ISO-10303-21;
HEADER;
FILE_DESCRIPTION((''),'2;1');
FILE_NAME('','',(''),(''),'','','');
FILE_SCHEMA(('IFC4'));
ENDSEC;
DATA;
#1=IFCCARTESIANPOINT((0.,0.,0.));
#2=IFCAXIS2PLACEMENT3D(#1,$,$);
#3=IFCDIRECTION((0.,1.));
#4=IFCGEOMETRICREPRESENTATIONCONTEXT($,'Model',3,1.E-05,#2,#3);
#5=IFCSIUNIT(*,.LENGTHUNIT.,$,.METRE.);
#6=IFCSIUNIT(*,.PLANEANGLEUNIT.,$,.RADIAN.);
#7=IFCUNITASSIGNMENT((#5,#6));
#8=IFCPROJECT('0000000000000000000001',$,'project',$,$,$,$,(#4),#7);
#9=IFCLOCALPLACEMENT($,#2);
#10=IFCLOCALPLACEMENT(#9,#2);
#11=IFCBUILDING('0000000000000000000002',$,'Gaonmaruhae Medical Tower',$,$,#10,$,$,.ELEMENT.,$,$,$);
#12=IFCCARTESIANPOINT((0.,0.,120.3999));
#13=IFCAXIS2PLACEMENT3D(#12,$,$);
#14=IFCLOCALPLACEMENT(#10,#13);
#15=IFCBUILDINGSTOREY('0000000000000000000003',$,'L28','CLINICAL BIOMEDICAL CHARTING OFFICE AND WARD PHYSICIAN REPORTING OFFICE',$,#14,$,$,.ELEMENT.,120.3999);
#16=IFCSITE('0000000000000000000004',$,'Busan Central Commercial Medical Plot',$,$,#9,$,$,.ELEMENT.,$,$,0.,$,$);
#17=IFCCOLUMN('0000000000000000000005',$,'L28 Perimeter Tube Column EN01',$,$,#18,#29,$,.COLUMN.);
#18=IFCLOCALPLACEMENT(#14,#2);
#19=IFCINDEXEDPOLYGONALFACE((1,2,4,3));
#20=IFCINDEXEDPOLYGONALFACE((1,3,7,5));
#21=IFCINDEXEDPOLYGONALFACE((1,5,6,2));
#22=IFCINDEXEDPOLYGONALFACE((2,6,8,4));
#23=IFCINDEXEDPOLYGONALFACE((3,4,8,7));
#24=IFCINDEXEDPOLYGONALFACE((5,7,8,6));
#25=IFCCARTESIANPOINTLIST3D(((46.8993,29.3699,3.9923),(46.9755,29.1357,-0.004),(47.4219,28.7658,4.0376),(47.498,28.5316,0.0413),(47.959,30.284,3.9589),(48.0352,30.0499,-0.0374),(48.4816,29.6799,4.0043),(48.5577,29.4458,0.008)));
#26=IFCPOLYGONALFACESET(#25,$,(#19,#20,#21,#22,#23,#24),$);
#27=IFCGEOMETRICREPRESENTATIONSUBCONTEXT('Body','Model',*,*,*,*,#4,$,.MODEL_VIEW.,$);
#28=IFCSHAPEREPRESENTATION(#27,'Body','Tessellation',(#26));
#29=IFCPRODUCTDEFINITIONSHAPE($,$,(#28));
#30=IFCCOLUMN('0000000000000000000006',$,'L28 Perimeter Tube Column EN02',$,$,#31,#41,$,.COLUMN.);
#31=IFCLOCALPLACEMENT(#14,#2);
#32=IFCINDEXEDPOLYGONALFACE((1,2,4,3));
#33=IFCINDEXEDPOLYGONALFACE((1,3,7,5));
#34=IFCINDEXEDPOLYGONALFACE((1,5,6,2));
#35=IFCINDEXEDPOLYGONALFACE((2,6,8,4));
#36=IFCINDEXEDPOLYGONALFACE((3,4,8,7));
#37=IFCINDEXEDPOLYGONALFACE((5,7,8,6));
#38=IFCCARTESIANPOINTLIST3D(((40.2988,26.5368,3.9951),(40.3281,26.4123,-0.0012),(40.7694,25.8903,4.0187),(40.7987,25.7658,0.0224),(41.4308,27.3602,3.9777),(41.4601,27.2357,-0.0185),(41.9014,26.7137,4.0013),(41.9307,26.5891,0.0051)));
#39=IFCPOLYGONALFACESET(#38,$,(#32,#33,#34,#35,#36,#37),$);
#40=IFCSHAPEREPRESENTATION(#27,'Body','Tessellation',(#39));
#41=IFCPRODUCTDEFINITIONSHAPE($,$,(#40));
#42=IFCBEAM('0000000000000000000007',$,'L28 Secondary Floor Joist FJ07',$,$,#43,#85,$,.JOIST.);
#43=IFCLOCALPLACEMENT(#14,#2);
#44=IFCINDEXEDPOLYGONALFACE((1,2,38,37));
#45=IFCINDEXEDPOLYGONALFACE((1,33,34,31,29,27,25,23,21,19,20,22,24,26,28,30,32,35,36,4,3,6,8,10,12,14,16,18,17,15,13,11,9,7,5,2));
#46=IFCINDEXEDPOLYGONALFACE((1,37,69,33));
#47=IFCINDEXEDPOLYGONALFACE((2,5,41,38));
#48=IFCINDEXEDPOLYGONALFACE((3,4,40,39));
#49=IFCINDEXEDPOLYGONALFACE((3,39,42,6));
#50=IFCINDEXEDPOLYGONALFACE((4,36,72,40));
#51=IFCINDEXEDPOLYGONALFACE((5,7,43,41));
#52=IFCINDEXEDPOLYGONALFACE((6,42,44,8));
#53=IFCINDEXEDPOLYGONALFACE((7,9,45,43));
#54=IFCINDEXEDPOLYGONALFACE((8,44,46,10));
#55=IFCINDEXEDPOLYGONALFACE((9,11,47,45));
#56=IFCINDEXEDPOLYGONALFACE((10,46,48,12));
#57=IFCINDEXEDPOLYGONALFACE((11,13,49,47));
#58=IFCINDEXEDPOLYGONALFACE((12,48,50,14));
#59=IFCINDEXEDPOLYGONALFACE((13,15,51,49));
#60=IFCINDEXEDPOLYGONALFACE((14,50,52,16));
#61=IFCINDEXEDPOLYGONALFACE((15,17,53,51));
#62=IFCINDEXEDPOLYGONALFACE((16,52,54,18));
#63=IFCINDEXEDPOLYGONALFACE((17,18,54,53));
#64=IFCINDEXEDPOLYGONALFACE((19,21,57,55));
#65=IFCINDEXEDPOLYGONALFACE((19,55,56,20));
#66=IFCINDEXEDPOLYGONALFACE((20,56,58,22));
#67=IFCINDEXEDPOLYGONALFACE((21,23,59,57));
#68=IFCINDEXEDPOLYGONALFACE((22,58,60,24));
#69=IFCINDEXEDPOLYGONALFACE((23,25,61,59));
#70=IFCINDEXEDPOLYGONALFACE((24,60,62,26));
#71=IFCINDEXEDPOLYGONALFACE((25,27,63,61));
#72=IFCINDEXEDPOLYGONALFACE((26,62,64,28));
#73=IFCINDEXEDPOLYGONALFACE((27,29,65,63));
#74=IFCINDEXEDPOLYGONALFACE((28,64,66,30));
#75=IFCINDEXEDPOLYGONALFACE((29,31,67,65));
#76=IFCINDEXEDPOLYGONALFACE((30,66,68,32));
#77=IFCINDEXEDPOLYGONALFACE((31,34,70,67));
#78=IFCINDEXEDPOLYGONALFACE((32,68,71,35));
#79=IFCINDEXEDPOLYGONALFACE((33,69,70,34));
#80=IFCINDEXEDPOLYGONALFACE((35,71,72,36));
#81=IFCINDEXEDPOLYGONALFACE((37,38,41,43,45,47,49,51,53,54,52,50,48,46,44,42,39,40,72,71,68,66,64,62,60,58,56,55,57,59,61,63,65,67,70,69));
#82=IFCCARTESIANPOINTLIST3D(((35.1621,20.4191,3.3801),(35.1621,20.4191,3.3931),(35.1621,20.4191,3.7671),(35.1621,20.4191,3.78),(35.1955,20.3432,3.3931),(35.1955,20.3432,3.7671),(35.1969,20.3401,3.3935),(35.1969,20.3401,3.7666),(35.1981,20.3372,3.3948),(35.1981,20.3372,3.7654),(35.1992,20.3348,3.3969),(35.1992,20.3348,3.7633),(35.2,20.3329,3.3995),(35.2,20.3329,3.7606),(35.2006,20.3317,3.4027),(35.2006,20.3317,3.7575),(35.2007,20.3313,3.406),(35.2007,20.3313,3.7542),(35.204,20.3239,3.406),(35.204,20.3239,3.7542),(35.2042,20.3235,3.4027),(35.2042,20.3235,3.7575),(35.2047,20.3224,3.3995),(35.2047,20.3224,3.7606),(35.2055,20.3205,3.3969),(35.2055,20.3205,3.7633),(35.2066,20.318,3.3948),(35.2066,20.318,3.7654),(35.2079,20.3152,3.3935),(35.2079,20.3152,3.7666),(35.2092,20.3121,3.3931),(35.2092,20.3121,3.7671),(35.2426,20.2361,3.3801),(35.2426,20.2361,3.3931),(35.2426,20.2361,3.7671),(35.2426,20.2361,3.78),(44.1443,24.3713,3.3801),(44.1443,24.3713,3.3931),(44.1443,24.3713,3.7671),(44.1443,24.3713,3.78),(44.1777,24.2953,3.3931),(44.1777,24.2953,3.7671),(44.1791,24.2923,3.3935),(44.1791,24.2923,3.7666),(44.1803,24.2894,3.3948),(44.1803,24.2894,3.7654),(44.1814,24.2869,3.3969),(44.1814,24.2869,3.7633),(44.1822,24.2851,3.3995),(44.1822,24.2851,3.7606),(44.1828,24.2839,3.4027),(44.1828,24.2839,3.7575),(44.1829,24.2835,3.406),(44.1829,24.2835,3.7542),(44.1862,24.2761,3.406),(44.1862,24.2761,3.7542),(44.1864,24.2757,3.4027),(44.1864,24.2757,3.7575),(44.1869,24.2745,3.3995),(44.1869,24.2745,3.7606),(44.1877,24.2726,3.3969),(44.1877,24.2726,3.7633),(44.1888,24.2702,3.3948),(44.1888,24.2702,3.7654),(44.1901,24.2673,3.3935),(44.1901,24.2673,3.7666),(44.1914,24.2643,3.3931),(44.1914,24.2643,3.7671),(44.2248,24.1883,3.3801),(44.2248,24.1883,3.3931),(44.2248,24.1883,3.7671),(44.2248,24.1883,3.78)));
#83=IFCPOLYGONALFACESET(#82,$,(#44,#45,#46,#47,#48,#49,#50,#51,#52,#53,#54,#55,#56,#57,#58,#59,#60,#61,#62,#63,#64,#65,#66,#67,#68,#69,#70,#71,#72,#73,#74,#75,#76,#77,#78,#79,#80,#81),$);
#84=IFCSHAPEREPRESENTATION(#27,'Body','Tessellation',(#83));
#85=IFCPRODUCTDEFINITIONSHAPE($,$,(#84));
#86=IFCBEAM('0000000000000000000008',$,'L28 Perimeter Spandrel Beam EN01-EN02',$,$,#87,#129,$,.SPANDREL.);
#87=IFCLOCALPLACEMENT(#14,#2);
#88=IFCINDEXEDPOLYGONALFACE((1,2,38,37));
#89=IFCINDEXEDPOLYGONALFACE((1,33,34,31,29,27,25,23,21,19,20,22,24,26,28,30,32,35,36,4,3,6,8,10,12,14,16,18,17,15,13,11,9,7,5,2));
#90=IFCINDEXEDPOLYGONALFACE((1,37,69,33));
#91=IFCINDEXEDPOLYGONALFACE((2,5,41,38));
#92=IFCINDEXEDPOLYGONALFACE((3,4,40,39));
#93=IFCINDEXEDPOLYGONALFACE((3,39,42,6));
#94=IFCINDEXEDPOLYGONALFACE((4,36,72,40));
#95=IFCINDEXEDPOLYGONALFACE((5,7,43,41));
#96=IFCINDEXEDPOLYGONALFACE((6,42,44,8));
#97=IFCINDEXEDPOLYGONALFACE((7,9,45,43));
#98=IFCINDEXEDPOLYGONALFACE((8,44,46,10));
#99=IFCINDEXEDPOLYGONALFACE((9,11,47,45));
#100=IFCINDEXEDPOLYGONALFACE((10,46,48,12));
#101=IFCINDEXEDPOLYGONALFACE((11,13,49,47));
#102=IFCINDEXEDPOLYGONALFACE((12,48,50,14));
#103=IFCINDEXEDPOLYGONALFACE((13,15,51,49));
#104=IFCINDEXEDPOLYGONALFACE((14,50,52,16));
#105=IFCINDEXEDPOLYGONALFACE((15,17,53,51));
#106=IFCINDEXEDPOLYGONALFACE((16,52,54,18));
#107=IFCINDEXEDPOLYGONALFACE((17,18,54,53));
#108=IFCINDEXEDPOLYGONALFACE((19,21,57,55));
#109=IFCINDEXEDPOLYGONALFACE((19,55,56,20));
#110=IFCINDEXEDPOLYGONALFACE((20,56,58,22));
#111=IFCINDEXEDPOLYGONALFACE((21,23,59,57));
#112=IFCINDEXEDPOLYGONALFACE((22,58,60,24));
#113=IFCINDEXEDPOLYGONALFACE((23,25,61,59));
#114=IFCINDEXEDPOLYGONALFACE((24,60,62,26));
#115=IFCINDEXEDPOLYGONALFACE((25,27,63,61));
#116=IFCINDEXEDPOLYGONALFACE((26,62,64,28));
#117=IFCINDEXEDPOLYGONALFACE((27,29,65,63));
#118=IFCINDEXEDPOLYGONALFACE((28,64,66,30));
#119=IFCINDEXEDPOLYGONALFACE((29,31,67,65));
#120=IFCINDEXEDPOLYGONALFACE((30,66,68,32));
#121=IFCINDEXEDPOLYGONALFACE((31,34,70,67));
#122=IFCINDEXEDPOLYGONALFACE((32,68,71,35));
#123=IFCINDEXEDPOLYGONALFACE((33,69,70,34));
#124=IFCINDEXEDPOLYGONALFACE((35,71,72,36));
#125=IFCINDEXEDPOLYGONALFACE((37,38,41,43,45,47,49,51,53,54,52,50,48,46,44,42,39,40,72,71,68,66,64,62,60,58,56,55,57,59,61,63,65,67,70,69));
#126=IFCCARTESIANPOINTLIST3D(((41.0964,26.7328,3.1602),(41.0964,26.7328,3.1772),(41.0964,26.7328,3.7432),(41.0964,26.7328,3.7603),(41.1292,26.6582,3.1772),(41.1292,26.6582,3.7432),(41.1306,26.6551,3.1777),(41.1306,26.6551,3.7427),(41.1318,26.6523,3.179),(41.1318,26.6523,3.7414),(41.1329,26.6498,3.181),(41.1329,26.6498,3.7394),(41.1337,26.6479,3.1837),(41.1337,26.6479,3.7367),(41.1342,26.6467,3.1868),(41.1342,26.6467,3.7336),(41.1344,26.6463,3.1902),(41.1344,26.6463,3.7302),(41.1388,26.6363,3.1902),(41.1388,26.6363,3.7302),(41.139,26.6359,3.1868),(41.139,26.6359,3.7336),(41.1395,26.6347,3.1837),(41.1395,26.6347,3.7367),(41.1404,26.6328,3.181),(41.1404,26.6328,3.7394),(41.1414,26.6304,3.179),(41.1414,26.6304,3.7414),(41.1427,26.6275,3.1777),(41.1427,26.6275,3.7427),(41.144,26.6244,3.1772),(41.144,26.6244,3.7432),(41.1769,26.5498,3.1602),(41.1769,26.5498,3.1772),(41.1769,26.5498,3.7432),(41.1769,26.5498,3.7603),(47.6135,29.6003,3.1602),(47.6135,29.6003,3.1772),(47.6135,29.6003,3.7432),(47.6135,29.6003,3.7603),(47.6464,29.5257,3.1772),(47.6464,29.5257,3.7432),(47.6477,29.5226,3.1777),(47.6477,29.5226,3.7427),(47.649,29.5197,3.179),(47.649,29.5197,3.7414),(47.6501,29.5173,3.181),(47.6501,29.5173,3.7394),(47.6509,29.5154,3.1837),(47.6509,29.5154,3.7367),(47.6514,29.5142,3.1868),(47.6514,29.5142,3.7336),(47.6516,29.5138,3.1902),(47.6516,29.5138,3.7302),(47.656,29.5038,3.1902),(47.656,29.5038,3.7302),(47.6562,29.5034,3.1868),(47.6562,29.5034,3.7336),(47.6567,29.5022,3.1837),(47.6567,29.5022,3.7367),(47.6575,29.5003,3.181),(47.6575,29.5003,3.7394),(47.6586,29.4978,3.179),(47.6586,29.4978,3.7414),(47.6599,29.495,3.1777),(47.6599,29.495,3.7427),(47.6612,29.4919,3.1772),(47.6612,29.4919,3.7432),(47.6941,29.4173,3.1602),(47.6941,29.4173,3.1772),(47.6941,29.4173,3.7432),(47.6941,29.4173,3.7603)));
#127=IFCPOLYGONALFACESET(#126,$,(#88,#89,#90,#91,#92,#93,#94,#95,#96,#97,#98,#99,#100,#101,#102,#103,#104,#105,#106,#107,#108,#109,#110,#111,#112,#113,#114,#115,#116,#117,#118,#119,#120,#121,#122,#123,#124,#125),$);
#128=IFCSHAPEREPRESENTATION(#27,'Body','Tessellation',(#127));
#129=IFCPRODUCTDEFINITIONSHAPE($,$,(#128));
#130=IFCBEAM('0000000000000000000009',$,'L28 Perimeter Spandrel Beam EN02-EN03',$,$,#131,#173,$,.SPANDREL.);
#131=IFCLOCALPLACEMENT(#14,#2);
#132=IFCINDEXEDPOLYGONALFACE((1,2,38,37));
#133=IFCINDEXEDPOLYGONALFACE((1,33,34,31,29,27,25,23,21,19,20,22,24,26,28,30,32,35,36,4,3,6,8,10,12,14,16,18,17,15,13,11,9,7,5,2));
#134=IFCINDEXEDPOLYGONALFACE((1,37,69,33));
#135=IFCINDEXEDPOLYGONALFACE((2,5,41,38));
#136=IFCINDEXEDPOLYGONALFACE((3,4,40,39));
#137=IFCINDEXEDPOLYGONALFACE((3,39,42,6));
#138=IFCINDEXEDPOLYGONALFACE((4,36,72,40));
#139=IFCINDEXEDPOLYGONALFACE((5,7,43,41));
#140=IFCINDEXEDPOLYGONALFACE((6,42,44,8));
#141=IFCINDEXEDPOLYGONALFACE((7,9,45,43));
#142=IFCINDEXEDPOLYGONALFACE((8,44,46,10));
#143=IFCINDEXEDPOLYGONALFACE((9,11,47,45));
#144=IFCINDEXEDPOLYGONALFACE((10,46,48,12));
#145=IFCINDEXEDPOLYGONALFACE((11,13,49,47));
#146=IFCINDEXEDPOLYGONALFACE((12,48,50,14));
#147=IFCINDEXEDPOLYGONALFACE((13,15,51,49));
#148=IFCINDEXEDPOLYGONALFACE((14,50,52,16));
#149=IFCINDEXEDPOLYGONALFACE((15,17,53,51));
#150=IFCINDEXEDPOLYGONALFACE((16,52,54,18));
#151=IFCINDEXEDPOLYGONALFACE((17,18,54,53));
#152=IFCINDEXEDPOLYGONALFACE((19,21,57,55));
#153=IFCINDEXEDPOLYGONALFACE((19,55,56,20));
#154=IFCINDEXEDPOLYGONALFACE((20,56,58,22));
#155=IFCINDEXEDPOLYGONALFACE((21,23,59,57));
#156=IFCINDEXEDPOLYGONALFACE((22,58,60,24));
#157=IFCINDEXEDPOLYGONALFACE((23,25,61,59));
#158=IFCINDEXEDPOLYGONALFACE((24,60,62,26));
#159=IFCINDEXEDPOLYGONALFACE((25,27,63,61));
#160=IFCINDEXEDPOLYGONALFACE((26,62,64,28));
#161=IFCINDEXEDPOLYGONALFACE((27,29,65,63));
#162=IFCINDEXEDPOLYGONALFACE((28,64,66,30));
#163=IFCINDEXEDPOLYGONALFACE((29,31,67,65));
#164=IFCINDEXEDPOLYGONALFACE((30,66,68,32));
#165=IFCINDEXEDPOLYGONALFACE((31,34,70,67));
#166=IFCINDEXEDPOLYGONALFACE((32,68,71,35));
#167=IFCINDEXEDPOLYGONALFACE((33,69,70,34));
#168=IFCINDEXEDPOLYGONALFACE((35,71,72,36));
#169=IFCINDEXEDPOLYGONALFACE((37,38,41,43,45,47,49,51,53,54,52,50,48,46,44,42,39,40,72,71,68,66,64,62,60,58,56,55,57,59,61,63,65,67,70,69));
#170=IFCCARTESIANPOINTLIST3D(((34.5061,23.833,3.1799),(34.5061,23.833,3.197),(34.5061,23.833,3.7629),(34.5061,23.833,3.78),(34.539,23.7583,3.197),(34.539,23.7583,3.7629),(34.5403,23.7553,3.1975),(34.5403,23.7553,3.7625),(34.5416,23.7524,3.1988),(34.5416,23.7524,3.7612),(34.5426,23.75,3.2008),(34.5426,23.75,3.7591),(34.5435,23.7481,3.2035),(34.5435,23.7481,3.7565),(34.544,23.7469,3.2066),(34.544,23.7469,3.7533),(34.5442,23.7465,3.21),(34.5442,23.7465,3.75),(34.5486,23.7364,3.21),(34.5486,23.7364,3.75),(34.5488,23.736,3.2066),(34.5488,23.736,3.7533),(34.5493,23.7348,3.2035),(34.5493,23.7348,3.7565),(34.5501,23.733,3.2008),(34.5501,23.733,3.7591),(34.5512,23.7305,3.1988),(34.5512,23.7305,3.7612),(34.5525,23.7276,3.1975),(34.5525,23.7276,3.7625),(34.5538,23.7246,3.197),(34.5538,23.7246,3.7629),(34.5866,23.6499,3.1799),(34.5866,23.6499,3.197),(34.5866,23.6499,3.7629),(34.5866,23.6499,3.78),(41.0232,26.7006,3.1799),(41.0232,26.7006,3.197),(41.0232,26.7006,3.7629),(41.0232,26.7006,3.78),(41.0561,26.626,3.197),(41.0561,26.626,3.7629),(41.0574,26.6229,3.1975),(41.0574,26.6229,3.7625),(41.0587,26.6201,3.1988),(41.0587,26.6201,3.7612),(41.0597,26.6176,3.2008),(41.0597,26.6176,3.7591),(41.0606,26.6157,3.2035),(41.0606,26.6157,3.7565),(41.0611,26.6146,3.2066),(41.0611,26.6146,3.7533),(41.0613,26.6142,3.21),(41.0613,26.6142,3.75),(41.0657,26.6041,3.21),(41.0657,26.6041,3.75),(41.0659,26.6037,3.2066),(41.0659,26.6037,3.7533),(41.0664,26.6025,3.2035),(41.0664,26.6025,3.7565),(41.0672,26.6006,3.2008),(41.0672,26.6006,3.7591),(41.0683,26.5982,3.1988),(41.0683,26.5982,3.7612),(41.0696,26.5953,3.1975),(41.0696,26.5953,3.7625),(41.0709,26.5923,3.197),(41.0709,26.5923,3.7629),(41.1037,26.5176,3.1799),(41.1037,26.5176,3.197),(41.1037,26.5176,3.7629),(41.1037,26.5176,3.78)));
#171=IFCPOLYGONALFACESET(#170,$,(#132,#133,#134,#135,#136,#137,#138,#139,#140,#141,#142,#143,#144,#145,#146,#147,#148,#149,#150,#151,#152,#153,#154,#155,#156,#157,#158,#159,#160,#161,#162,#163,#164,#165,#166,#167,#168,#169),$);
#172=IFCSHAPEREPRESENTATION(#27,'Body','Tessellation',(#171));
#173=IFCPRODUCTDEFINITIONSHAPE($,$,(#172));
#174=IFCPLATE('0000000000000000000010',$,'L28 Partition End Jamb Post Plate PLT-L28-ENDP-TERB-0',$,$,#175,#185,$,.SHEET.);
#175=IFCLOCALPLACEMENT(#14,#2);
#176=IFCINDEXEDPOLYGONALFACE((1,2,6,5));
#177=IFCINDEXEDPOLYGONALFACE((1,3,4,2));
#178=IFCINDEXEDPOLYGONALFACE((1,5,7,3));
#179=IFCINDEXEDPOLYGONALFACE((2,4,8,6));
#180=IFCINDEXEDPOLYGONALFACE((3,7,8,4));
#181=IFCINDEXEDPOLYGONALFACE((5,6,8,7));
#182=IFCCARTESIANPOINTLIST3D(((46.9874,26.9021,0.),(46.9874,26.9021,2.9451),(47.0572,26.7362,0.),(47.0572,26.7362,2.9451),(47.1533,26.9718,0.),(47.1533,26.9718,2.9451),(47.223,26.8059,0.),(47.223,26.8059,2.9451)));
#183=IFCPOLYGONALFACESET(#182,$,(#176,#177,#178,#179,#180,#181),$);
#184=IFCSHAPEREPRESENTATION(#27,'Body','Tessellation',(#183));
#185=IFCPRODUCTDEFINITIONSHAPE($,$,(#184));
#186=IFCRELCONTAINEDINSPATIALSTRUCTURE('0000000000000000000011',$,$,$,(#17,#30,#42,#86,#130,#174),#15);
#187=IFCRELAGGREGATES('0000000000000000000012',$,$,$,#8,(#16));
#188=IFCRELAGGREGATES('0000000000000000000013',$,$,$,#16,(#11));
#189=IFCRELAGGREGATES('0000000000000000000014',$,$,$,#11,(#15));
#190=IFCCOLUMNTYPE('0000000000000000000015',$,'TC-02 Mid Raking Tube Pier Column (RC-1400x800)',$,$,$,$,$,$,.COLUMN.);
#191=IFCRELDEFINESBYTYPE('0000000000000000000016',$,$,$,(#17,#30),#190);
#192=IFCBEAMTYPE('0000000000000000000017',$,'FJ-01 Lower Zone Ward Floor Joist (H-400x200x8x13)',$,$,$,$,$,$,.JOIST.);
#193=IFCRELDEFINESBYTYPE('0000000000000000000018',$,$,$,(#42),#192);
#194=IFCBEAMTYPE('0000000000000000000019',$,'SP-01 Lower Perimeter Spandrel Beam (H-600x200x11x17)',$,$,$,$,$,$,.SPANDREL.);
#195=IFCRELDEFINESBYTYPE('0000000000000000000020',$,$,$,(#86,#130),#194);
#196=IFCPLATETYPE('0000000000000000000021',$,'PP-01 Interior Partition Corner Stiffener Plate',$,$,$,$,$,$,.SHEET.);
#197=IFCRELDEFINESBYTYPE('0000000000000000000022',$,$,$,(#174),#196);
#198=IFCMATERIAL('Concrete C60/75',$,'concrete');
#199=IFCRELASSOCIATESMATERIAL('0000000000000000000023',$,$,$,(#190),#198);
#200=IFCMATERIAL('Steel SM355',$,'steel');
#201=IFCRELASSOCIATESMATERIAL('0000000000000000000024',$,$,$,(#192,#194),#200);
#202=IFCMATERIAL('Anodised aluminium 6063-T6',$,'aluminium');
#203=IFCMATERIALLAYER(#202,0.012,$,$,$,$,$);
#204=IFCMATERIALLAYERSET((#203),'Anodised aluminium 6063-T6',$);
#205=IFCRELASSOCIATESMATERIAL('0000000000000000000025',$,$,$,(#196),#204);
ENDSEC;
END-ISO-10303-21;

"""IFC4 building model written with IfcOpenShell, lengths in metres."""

from ifc_helpers import new_model, si_unit, direction, frame, origin, origin_2d, place, context, subcontext, project, spatial, rectangle, i_section, extrude, material, layer, layer_set, material_profile, profile_set, type_object, element, save


model = new_model("IFC4")

# Units and contexts
model_context = context("Model", 3, precision=1e-05, world=origin(), true_north=direction((0.0, 1.0)))
body_context = subcontext(model_context, "Body", "Model", "MODEL_VIEW")
ifc_project = project(units=[si_unit("LENGTHUNIT", "METRE"), si_unit("PLANEANGLEUNIT", "RADIAN")], contexts=[model_context])

# Site, building, storey
site_placement = place(None, origin())
site = spatial("IfcSite", under=ifc_project, at=site_placement, Name="Busan Central Commercial Medical Plot", CompositionType="ELEMENT", RefElevation=0.0)
building_placement = place(site_placement, origin())
building = spatial("IfcBuilding", under=site, at=building_placement, Name="Gaonmaruhae Medical Tower", CompositionType="ELEMENT")
storey_placement = place(building_placement, frame((0.0, 0.0, 120.3999)))
storey = spatial("IfcBuildingStorey", under=building, at=storey_placement, Name="L28", Description="CLINICAL BIOMEDICAL CHARTING OFFICE AND WARD PHYSICIAN REPORTING OFFICE", CompositionType="ELEMENT", Elevation=120.3999)

# Columns
ifc_material_1 = material(Name="Concrete C60/75", Category="concrete")
ifc_material_profile_1 = material_profile(ifc_material_1, rectangle(XDim=1.3999, YDim=0.8, at=origin_2d()), Name="RC-1400x800")
ifc_profile_set_1 = profile_set([ifc_material_profile_1], Name="Concrete C60/75")
column_type = type_object("IfcColumnType", Name="TC-02 Mid Raking Tube Pier Column (RC-1400x800)", PredefinedType="COLUMN", material=ifc_profile_set_1)
column_1_placement = place(storey_placement, frame((47.7666, 29.2908, 0.002), z_axis=(-0.019024, 0.058475, 0.998108), x_axis=(-0.756974, -0.65301, 0.023829)))
element("IfcColumn", 1, at=column_1_placement, inside=storey, type_object=column_type, Name="L28 Perimeter Tube Column EN01", PredefinedType="COLUMN", context=body_context, shape_type="SweptSolid", body=[
    extrude(rectangle(XDim=1.3999, YDim=0.8, at=origin_2d()), origin(), (0.0, 0.0, 1.0), 4.0039),
])
column_2_placement = place(storey_placement, frame((41.1294, 26.5007, 0.002), z_axis=(-0.007327, 0.031141, 0.999488), x_axis=(-0.808647, -0.588164, 0.012397)))
element("IfcColumn", 2, at=column_2_placement, inside=storey, type_object=column_type, Name="L28 Perimeter Tube Column EN02", PredefinedType="COLUMN", context=body_context, shape_type="SweptSolid", body=[
    extrude(rectangle(XDim=1.3999, YDim=0.8, at=origin_2d()), origin(), (0.0, 0.0, 1.0), 3.9983),
])

# Beams
ifc_material_2 = material(Name="Steel SM355", Category="steel")
ifc_material_profile_2 = material_profile(ifc_material_2, i_section(OverallWidth=0.2, OverallDepth=0.3999, WebThickness=0.0081, FlangeThickness=0.0129, FilletRadius=0.0129, at=origin_2d()), Name="H-400x200x8x13")
ifc_profile_set_2 = profile_set([ifc_material_profile_2], Name="Steel SM355")
beam_type_1 = type_object("IfcBeamType", Name="FJ-01 Lower Zone Ward Floor Joist (H-400x200x8x13)", PredefinedType="JOIST", material=ifc_profile_set_2)
beam_placement = place(storey_placement, frame((44.1846, 24.2798, 3.5801), z_axis=(-0.915315, -0.402738, 0.0), x_axis=(0.402738, -0.915315, 0.0)))
element("IfcBeam", 3, at=beam_placement, inside=storey, type_object=beam_type_1, Name="L28 Secondary Floor Joist FJ07", PredefinedType="JOIST", context=body_context, shape_type="SweptSolid", body=[
    extrude(i_section(OverallWidth=0.2, OverallDepth=0.3999, WebThickness=0.0081, FlangeThickness=0.0129, FilletRadius=0.0129, at=origin_2d()), origin(), (0.0, 0.0, 1.0), 9.8132),
])
ifc_material_profile_3 = material_profile(ifc_material_2, i_section(OverallWidth=0.2, OverallDepth=0.6001, WebThickness=0.011, FlangeThickness=0.0171, FilletRadius=0.0129, at=origin_2d()), Name="H-600x200x11x17")
ifc_profile_set_3 = profile_set([ifc_material_profile_3], Name="Steel SM355")
beam_type_2 = type_object("IfcBeamType", Name="SP-01 Lower Perimeter Spandrel Beam (H-600x200x11x17)", PredefinedType="SPANDREL", material=ifc_profile_set_3)
for number, where, z_axis, x_axis, name in (
    (4, (47.6538, 29.5088, 3.4602), (-0.91532, -0.402728, 0.0), (0.402728, -0.91532, 0.0), "L28 Perimeter Spandrel Beam EN01-EN02"),
    (5, (41.0635, 26.6091, 3.48), (-0.915307, -0.402757, 0.0), (0.402757, -0.915307, 0.0), "L28 Perimeter Spandrel Beam EN02-EN03"),
):
    element("IfcBeam", number, at=place(storey_placement, frame(where, z_axis=z_axis, x_axis=x_axis)), inside=storey, type_object=beam_type_2, Name=name, PredefinedType="SPANDREL", context=body_context, shape_type="SweptSolid", body=[
        extrude(i_section(OverallWidth=0.2, OverallDepth=0.6001, WebThickness=0.011, FlangeThickness=0.0171, FilletRadius=0.0129, at=origin_2d()), origin(), (0.0, 0.0, 1.0), 7.1201),
    ])

# Plate
ifc_material_3 = material(Name="Anodised aluminium 6063-T6", Category="aluminium")
ifc_layer_1 = layer(ifc_material_3, 0.012)
ifc_layer_set_1 = layer_set([ifc_layer_1], Name="Anodised aluminium 6063-T6")
plate_type = type_object("IfcPlateType", Name="PP-01 Interior Partition Corner Stiffener Plate", PredefinedType="SHEET", material=ifc_layer_set_1)
plate_1_placement = place(storey_placement, frame((47.1052, 26.854, 0.0), z_axis=(0.0, 0.0, 1.0), x_axis=(0.921863, 0.387516, 0.0)))
element("IfcPlate", 6, at=plate_1_placement, inside=storey, type_object=plate_type, Name="L28 Partition End Jamb Post Plate PLT-L28-ENDP-TERB-0", PredefinedType="SHEET", context=body_context, shape_type="SweptSolid", body=[
    extrude(rectangle(XDim=0.1799, YDim=0.1799, at=origin_2d()), origin(), (0.0, 0.0, 1.0), 2.9451),
])

save(model, "model.ifc")
